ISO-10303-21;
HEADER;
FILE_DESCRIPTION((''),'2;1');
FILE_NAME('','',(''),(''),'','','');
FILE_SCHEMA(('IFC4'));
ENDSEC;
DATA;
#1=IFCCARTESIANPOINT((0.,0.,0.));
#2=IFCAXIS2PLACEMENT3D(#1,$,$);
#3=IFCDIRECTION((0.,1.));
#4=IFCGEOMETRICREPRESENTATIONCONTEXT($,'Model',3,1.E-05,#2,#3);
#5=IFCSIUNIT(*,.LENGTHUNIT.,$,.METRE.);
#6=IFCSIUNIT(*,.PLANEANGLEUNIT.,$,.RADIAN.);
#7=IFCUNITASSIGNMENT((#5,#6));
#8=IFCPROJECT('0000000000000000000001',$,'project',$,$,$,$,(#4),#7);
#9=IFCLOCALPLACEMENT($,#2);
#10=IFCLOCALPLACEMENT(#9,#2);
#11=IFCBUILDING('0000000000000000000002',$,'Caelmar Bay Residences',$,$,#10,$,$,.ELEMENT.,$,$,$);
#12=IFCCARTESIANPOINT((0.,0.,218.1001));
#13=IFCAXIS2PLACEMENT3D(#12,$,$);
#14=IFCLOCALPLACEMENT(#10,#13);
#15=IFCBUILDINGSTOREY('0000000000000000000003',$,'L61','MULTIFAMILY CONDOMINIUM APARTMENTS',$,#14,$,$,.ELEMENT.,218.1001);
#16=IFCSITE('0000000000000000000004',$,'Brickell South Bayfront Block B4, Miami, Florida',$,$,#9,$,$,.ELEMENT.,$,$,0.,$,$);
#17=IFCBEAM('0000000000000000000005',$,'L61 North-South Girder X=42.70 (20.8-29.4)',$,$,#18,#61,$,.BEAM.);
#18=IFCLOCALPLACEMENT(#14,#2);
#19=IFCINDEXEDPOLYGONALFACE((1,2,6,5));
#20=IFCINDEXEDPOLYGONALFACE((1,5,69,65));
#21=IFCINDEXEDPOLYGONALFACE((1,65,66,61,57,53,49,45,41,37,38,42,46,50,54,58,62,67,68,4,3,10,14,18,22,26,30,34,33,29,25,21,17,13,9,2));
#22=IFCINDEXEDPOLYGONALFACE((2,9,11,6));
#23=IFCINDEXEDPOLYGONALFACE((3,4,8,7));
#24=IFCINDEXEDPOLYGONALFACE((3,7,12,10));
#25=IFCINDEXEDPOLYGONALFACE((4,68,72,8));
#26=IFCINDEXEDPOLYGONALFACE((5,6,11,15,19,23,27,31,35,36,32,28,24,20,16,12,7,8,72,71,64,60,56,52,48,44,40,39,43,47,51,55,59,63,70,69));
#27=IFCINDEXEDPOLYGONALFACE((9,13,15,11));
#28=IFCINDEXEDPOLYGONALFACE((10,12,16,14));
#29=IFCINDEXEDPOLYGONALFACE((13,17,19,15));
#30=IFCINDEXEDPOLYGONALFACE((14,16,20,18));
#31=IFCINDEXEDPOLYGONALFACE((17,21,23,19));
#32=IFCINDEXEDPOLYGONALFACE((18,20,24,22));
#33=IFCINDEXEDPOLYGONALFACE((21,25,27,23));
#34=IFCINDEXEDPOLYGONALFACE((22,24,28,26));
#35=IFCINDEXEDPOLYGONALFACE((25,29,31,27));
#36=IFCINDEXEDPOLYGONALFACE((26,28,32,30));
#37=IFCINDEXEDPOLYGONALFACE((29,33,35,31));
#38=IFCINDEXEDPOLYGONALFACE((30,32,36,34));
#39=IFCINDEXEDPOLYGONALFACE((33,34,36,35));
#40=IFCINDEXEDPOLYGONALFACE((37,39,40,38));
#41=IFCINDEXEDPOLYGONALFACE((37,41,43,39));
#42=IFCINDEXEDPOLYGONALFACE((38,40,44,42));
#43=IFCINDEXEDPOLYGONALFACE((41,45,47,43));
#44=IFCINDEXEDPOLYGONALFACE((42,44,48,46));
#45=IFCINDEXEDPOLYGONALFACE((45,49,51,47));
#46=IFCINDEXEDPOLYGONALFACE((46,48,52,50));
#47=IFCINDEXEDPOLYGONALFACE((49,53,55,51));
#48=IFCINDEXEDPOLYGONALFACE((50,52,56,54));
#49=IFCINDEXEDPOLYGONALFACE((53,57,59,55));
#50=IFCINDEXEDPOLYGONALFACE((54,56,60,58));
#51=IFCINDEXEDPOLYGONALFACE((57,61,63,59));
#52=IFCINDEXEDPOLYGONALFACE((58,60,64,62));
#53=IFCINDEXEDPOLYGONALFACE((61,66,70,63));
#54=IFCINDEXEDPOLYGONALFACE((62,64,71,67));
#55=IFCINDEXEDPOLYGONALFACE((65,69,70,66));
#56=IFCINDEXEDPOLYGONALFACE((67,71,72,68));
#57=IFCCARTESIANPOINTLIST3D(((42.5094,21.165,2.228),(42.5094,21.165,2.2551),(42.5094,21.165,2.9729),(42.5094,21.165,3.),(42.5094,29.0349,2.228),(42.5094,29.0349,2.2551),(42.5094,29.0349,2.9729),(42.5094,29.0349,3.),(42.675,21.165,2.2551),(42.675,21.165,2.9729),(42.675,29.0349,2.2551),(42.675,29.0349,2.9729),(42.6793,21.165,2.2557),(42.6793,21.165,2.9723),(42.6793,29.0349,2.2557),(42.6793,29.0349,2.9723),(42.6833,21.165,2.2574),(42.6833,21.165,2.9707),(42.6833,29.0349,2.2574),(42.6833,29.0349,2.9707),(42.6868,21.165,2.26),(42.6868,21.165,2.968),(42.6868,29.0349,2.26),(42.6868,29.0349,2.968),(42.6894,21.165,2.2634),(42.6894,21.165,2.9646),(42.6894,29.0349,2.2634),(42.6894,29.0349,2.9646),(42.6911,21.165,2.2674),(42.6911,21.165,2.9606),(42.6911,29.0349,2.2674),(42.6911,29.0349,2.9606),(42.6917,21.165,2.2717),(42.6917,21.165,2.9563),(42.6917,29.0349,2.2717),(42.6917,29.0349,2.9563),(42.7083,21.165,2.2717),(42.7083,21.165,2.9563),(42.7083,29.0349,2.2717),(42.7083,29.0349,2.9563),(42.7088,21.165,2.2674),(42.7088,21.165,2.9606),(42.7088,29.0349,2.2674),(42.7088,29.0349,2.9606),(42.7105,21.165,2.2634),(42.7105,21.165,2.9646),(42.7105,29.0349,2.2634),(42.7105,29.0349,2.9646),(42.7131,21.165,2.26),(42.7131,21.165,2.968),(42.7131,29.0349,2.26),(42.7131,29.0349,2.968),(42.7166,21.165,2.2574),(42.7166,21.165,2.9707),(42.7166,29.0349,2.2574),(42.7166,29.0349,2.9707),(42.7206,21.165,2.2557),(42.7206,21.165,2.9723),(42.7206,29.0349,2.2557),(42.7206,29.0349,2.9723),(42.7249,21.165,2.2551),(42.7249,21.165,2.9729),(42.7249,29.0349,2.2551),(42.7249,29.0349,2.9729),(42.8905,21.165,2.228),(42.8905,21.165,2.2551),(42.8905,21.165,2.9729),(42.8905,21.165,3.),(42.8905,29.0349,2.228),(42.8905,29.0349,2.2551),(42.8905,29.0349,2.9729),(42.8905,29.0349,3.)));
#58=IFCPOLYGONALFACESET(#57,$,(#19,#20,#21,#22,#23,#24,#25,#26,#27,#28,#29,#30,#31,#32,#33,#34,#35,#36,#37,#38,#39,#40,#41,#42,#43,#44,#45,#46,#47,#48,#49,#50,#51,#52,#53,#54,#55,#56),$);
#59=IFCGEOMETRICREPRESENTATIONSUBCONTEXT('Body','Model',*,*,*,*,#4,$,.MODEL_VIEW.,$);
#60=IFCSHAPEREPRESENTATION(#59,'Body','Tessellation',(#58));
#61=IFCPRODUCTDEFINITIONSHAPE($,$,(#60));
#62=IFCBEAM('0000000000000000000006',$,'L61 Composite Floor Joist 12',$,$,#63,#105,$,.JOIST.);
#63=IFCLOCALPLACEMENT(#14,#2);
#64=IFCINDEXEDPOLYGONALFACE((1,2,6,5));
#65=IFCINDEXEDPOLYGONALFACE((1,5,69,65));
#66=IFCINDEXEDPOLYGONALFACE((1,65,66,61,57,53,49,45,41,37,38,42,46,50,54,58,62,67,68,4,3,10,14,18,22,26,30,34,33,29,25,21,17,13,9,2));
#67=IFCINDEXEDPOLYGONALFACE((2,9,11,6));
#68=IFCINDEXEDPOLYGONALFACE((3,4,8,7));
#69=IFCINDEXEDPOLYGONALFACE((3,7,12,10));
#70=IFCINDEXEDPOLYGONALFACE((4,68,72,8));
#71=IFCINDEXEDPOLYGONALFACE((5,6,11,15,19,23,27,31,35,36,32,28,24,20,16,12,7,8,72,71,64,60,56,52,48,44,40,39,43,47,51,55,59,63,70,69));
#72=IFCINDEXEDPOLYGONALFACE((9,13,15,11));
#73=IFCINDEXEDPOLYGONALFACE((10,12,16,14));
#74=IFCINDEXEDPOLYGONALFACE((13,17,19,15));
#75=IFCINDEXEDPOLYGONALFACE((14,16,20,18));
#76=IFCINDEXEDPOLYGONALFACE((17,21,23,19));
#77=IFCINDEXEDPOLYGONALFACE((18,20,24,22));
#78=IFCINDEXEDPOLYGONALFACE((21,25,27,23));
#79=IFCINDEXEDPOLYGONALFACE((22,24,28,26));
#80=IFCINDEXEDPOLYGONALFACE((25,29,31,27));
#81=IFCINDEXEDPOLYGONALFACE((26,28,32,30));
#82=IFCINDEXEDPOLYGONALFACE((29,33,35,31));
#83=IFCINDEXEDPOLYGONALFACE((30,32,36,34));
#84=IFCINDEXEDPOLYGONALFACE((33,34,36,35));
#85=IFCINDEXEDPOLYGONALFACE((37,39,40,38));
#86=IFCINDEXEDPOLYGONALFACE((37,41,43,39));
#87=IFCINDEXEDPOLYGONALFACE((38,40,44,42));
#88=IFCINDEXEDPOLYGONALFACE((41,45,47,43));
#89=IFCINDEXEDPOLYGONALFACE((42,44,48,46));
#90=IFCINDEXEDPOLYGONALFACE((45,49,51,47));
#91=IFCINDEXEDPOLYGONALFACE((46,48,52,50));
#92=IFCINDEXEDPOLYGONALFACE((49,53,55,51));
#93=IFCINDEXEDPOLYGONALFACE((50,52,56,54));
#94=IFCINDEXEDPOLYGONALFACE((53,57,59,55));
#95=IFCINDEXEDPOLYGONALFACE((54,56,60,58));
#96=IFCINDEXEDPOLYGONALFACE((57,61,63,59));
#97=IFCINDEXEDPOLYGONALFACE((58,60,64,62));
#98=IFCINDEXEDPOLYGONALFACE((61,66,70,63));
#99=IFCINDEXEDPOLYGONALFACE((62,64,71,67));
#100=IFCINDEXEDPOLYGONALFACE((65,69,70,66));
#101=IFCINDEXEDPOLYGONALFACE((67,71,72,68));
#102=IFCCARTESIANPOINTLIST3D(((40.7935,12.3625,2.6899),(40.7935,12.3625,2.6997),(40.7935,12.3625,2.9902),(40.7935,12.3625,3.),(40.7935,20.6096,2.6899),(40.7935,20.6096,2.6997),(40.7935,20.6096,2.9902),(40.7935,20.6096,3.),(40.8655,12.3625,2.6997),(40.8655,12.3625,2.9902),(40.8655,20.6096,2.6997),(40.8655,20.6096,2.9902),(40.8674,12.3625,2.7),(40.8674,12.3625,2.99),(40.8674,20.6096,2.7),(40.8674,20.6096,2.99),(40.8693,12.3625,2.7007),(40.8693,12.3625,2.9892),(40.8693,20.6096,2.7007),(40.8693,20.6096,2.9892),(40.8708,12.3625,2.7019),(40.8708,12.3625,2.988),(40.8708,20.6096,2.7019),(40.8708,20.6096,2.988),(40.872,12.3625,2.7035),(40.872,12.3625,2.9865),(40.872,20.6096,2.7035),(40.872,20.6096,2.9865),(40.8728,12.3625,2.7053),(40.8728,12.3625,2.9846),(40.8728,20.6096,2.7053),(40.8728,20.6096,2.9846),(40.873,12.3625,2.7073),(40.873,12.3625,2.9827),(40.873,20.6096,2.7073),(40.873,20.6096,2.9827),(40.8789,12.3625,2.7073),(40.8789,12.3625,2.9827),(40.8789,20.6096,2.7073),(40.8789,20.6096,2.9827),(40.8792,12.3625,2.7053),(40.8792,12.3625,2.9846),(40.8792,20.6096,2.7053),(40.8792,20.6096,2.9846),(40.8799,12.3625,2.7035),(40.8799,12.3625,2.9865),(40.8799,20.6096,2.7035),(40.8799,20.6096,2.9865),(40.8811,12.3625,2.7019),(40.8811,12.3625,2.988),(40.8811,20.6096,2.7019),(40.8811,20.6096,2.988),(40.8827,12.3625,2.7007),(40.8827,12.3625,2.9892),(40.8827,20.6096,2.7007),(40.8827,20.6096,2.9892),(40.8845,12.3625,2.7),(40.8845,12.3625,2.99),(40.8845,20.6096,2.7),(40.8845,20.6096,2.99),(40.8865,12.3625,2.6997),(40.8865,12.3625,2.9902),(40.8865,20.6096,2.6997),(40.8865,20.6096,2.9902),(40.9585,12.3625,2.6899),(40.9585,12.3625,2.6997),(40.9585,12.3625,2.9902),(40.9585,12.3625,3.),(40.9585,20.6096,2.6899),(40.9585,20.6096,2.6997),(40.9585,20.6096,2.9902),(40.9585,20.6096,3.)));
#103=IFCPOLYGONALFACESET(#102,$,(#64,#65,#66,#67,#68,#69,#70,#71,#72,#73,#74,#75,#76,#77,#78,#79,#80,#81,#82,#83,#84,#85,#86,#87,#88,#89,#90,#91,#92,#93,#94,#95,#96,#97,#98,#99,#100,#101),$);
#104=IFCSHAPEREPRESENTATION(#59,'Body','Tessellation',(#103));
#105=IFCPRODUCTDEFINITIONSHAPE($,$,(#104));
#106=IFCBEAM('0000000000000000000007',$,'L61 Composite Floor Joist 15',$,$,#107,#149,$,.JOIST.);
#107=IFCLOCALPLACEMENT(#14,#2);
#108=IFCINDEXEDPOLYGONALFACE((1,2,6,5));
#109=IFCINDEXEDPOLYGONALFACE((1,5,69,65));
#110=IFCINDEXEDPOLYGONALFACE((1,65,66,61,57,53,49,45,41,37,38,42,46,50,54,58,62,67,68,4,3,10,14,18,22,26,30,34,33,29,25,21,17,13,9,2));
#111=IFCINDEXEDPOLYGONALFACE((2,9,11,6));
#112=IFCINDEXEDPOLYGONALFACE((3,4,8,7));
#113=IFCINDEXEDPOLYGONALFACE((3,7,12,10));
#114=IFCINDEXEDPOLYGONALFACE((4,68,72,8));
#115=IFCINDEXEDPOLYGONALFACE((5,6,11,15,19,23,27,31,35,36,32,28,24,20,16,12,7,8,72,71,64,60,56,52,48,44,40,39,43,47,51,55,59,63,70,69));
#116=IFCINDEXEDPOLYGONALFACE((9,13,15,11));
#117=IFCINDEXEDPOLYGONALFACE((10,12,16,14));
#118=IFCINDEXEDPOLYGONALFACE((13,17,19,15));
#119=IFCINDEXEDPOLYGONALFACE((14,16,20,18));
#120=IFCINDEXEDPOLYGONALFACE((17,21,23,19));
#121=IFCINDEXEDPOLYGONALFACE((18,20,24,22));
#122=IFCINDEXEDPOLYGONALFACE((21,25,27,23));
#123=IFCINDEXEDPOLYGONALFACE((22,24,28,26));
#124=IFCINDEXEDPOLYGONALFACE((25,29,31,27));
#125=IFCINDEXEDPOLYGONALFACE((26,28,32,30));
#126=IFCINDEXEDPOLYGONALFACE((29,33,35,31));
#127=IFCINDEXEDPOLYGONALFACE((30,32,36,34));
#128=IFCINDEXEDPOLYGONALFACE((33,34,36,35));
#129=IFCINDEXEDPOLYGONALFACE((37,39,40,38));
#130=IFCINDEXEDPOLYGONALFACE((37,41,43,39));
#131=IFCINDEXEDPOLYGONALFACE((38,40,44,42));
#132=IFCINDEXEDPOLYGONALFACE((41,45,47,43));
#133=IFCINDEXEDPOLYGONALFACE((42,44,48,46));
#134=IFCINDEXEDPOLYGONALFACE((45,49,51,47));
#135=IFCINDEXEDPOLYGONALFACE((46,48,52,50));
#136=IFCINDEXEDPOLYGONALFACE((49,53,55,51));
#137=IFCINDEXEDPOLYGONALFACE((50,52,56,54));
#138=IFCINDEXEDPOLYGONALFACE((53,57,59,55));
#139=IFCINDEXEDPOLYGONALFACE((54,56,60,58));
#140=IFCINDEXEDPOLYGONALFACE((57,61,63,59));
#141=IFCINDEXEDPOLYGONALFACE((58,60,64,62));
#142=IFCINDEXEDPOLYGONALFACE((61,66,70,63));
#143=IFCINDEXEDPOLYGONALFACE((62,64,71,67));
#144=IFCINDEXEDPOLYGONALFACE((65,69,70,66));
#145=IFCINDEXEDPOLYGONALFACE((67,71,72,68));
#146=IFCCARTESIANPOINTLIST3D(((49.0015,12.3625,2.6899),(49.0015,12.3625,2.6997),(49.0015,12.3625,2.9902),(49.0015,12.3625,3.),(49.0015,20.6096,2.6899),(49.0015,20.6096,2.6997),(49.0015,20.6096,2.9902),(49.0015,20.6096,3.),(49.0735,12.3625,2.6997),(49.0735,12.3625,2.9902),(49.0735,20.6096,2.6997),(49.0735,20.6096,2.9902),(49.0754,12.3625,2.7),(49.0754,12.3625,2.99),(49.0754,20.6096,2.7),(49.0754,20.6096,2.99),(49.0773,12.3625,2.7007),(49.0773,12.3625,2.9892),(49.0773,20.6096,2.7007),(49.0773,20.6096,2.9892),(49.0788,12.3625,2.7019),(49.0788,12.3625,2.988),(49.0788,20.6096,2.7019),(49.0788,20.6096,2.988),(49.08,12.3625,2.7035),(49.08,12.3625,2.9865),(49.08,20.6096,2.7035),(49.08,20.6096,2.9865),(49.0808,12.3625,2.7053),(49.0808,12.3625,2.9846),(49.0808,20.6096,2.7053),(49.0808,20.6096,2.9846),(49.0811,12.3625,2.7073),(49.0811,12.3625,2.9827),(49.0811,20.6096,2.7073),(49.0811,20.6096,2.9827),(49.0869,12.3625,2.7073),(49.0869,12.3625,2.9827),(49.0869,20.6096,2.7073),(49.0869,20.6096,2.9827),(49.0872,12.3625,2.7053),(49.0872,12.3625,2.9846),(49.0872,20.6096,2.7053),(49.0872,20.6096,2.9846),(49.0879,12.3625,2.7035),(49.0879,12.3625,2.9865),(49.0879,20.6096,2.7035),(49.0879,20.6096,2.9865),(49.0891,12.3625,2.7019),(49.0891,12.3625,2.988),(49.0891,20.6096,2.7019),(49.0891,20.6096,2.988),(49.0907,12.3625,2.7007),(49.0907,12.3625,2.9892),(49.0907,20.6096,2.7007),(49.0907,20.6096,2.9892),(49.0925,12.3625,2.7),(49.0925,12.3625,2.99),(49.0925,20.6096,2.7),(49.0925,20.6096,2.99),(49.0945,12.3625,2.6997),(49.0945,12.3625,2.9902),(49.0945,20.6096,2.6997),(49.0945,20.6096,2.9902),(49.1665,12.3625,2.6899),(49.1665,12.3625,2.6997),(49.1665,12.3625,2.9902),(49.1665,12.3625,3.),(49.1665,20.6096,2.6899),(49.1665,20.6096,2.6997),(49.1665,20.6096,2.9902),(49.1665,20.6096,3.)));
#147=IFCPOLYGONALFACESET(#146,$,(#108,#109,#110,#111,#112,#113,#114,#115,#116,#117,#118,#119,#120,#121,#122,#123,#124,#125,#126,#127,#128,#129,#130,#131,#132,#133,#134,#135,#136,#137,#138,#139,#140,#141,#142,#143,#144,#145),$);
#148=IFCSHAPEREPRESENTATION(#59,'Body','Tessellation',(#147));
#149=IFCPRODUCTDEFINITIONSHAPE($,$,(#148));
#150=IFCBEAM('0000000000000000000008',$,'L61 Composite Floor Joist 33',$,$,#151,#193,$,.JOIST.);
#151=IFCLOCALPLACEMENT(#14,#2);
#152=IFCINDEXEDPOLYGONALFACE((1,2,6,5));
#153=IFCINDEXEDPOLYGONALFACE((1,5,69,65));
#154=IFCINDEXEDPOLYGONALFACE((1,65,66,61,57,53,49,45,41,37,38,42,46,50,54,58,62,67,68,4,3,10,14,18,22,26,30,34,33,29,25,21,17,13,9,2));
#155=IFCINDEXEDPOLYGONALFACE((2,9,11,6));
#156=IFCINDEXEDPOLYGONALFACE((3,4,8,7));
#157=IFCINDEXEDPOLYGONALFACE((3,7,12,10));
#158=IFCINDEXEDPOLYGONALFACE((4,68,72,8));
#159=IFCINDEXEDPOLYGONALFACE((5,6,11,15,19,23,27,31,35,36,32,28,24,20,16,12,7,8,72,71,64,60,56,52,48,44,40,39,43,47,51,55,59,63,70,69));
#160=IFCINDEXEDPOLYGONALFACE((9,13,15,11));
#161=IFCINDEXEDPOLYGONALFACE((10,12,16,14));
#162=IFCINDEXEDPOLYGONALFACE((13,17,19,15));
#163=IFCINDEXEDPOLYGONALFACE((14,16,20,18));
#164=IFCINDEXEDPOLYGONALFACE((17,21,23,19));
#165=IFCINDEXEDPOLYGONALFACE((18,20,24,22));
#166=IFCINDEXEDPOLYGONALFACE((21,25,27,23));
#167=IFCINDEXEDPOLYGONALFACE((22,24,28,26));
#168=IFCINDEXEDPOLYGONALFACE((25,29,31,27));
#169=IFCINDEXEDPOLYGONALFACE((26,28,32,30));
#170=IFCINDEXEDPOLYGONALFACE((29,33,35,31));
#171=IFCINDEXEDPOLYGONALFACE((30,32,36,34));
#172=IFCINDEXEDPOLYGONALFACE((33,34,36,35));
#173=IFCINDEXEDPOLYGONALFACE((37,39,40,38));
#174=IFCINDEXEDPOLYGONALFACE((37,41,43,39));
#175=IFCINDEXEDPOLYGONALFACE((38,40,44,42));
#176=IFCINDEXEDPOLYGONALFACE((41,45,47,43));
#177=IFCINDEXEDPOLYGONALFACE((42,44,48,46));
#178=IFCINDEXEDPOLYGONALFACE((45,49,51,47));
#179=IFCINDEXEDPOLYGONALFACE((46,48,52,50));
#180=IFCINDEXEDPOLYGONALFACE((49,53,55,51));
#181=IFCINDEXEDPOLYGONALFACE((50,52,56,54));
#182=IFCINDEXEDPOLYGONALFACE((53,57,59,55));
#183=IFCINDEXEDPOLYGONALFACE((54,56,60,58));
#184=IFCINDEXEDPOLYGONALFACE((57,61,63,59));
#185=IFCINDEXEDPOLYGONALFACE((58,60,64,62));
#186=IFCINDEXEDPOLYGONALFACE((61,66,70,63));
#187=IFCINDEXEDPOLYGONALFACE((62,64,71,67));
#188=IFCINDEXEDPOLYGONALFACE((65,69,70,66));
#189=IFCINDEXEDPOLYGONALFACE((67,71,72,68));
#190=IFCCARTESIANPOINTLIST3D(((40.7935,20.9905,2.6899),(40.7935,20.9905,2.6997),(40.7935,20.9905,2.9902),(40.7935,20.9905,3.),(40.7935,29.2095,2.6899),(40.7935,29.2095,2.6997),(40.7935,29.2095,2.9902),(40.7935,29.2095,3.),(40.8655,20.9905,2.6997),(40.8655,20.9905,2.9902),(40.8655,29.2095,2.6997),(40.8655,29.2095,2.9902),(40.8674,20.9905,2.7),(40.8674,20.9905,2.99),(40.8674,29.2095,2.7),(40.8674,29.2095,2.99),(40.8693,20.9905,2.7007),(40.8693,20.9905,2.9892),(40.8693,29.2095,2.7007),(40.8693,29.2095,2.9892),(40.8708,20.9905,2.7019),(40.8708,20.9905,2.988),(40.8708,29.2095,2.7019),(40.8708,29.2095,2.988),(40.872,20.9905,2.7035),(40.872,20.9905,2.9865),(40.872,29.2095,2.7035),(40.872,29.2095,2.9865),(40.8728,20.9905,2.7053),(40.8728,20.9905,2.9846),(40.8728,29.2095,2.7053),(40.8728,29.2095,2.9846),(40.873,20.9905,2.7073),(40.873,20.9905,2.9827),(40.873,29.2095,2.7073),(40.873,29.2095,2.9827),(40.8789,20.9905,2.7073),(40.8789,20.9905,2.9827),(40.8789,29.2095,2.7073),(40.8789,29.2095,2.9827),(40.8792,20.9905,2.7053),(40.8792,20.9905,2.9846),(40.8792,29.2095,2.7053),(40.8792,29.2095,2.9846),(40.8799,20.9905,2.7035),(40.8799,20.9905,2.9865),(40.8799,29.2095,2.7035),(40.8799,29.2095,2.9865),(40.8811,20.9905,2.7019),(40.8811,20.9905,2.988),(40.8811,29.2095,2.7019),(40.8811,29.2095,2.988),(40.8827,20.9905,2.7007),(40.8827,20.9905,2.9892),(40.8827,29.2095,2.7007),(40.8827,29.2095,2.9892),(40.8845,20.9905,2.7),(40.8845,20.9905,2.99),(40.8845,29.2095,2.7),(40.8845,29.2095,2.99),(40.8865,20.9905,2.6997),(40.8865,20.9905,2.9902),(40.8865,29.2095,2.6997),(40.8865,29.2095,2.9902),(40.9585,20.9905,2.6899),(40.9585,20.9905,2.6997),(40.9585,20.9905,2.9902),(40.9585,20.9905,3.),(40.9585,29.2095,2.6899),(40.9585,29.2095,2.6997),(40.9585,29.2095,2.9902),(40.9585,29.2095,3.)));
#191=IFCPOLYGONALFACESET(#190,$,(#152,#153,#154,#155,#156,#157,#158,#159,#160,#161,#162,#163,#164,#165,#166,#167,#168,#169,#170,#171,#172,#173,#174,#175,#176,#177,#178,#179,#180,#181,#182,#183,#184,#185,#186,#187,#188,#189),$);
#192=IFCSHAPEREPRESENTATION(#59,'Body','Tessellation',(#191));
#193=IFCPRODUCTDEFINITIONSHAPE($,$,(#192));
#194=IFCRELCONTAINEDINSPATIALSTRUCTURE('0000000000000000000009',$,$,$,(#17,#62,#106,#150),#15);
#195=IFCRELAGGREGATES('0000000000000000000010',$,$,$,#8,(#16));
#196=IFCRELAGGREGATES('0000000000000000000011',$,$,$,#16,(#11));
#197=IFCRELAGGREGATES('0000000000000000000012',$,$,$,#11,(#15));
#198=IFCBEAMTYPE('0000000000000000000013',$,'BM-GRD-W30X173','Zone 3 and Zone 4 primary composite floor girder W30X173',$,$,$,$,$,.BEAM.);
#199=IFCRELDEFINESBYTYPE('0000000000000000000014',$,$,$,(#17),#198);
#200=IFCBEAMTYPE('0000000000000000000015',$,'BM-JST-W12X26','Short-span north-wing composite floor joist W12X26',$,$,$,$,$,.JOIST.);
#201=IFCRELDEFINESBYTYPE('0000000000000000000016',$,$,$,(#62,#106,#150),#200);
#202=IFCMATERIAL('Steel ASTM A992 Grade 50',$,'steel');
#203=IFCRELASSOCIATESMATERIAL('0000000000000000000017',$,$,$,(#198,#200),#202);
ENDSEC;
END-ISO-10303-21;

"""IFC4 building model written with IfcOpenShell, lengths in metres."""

from ifc_helpers import new_model, si_unit, direction, frame, origin, origin_2d, place, context, subcontext, project, spatial, i_section, extrude, material, material_profile, profile_set, type_object, element, save


model = new_model("IFC4")

# Units and contexts
model_context = context("Model", 3, precision=1e-05, world=origin(), true_north=direction((0.0, 1.0)))
body_context = subcontext(model_context, "Body", "Model", "MODEL_VIEW")
ifc_project = project(units=[si_unit("LENGTHUNIT", "METRE"), si_unit("PLANEANGLEUNIT", "RADIAN")], contexts=[model_context])

# Site, building, storey
site_placement = place(None, origin())
site = spatial("IfcSite", under=ifc_project, at=site_placement, Name="Brickell South Bayfront Block B4, Miami, Florida", CompositionType="ELEMENT", RefElevation=0.0)
building_placement = place(site_placement, origin())
building = spatial("IfcBuilding", under=site, at=building_placement, Name="Caelmar Bay Residences", CompositionType="ELEMENT")
storey_placement = place(building_placement, frame((0.0, 0.0, 218.1001)))
storey = spatial("IfcBuildingStorey", under=building, at=storey_placement, Name="L61", Description="MULTIFAMILY CONDOMINIUM APARTMENTS", CompositionType="ELEMENT", Elevation=218.1001)

# Beams
ifc_material_1 = material(Name="Steel ASTM A992 Grade 50", Category="steel")
ifc_material_profile_1 = material_profile(ifc_material_1, i_section(OverallWidth=0.3811, OverallDepth=0.772, WebThickness=0.0166, FlangeThickness=0.0271, FilletRadius=0.0166, at=origin_2d()), Name="W30X173")
ifc_profile_set_1 = profile_set([ifc_material_profile_1], Name="Steel ASTM A992 Grade 50")
beam_type_1 = type_object("IfcBeamType", Name="BM-GRD-W30X173", Description="Zone 3 and Zone 4 primary composite floor girder W30X173", PredefinedType="BEAM", material=ifc_profile_set_1)
beam_1_placement = place(storey_placement, frame((42.7, 21.165, 2.614), z_axis=(0.0, 1.0, 0.0), x_axis=(-1.0, 0.0, 0.0)))
element("IfcBeam", 1, at=beam_1_placement, inside=storey, type_object=beam_type_1, Name="L61 North-South Girder X=42.70 (20.8-29.4)", PredefinedType="BEAM", context=body_context, shape_type="SweptSolid", body=[
    extrude(i_section(OverallWidth=0.3811, OverallDepth=0.772, WebThickness=0.0166, FlangeThickness=0.0271, FilletRadius=0.0166, at=origin_2d()), origin(), (0.0, 0.0, 1.0), 7.8699),
])
ifc_material_profile_2 = material_profile(ifc_material_1, i_section(OverallWidth=0.165, OverallDepth=0.3101, WebThickness=0.0059, FlangeThickness=0.0098, FilletRadius=0.0076, at=origin_2d()), Name="W12X26")
ifc_profile_set_2 = profile_set([ifc_material_profile_2], Name="Steel ASTM A992 Grade 50")
beam_type_2 = type_object("IfcBeamType", Name="BM-JST-W12X26", Description="Short-span north-wing composite floor joist W12X26", PredefinedType="JOIST", material=ifc_profile_set_2)
for number, where, z_axis, x_axis, name in (
    (2, (40.876, 12.3625, 2.845), (0.0, 1.0, 0.0), (-1.0, 0.0, 0.0), "L61 Composite Floor Joist 12"),
    (3, (49.084, 12.3625, 2.845), (0.0, 1.0, 0.0), (-1.0, 0.0, 0.0), "L61 Composite Floor Joist 15"),
):
    element("IfcBeam", number, at=place(storey_placement, frame(where, z_axis=z_axis, x_axis=x_axis)), inside=storey, type_object=beam_type_2, Name=name, PredefinedType="JOIST", context=body_context, shape_type="SweptSolid", body=[
        extrude(i_section(OverallWidth=0.165, OverallDepth=0.3101, WebThickness=0.0059, FlangeThickness=0.0098, FilletRadius=0.0076, at=origin_2d()), origin(), (0.0, 0.0, 1.0), 8.2471),
    ])
for number, where, z_axis, x_axis, name in (
    (4, (40.876, 20.9905, 2.845), (0.0, 1.0, 0.0), (-1.0, 0.0, 0.0), "L61 Composite Floor Joist 33"),
):
    element("IfcBeam", number, at=place(storey_placement, frame(where, z_axis=z_axis, x_axis=x_axis)), inside=storey, type_object=beam_type_2, Name=name, PredefinedType="JOIST", context=body_context, shape_type="SweptSolid", body=[
        extrude(i_section(OverallWidth=0.165, OverallDepth=0.3101, WebThickness=0.0059, FlangeThickness=0.0098, FilletRadius=0.0076, at=origin_2d()), origin(), (0.0, 0.0, 1.0), 8.219),
    ])

save(model, "model.ifc")
